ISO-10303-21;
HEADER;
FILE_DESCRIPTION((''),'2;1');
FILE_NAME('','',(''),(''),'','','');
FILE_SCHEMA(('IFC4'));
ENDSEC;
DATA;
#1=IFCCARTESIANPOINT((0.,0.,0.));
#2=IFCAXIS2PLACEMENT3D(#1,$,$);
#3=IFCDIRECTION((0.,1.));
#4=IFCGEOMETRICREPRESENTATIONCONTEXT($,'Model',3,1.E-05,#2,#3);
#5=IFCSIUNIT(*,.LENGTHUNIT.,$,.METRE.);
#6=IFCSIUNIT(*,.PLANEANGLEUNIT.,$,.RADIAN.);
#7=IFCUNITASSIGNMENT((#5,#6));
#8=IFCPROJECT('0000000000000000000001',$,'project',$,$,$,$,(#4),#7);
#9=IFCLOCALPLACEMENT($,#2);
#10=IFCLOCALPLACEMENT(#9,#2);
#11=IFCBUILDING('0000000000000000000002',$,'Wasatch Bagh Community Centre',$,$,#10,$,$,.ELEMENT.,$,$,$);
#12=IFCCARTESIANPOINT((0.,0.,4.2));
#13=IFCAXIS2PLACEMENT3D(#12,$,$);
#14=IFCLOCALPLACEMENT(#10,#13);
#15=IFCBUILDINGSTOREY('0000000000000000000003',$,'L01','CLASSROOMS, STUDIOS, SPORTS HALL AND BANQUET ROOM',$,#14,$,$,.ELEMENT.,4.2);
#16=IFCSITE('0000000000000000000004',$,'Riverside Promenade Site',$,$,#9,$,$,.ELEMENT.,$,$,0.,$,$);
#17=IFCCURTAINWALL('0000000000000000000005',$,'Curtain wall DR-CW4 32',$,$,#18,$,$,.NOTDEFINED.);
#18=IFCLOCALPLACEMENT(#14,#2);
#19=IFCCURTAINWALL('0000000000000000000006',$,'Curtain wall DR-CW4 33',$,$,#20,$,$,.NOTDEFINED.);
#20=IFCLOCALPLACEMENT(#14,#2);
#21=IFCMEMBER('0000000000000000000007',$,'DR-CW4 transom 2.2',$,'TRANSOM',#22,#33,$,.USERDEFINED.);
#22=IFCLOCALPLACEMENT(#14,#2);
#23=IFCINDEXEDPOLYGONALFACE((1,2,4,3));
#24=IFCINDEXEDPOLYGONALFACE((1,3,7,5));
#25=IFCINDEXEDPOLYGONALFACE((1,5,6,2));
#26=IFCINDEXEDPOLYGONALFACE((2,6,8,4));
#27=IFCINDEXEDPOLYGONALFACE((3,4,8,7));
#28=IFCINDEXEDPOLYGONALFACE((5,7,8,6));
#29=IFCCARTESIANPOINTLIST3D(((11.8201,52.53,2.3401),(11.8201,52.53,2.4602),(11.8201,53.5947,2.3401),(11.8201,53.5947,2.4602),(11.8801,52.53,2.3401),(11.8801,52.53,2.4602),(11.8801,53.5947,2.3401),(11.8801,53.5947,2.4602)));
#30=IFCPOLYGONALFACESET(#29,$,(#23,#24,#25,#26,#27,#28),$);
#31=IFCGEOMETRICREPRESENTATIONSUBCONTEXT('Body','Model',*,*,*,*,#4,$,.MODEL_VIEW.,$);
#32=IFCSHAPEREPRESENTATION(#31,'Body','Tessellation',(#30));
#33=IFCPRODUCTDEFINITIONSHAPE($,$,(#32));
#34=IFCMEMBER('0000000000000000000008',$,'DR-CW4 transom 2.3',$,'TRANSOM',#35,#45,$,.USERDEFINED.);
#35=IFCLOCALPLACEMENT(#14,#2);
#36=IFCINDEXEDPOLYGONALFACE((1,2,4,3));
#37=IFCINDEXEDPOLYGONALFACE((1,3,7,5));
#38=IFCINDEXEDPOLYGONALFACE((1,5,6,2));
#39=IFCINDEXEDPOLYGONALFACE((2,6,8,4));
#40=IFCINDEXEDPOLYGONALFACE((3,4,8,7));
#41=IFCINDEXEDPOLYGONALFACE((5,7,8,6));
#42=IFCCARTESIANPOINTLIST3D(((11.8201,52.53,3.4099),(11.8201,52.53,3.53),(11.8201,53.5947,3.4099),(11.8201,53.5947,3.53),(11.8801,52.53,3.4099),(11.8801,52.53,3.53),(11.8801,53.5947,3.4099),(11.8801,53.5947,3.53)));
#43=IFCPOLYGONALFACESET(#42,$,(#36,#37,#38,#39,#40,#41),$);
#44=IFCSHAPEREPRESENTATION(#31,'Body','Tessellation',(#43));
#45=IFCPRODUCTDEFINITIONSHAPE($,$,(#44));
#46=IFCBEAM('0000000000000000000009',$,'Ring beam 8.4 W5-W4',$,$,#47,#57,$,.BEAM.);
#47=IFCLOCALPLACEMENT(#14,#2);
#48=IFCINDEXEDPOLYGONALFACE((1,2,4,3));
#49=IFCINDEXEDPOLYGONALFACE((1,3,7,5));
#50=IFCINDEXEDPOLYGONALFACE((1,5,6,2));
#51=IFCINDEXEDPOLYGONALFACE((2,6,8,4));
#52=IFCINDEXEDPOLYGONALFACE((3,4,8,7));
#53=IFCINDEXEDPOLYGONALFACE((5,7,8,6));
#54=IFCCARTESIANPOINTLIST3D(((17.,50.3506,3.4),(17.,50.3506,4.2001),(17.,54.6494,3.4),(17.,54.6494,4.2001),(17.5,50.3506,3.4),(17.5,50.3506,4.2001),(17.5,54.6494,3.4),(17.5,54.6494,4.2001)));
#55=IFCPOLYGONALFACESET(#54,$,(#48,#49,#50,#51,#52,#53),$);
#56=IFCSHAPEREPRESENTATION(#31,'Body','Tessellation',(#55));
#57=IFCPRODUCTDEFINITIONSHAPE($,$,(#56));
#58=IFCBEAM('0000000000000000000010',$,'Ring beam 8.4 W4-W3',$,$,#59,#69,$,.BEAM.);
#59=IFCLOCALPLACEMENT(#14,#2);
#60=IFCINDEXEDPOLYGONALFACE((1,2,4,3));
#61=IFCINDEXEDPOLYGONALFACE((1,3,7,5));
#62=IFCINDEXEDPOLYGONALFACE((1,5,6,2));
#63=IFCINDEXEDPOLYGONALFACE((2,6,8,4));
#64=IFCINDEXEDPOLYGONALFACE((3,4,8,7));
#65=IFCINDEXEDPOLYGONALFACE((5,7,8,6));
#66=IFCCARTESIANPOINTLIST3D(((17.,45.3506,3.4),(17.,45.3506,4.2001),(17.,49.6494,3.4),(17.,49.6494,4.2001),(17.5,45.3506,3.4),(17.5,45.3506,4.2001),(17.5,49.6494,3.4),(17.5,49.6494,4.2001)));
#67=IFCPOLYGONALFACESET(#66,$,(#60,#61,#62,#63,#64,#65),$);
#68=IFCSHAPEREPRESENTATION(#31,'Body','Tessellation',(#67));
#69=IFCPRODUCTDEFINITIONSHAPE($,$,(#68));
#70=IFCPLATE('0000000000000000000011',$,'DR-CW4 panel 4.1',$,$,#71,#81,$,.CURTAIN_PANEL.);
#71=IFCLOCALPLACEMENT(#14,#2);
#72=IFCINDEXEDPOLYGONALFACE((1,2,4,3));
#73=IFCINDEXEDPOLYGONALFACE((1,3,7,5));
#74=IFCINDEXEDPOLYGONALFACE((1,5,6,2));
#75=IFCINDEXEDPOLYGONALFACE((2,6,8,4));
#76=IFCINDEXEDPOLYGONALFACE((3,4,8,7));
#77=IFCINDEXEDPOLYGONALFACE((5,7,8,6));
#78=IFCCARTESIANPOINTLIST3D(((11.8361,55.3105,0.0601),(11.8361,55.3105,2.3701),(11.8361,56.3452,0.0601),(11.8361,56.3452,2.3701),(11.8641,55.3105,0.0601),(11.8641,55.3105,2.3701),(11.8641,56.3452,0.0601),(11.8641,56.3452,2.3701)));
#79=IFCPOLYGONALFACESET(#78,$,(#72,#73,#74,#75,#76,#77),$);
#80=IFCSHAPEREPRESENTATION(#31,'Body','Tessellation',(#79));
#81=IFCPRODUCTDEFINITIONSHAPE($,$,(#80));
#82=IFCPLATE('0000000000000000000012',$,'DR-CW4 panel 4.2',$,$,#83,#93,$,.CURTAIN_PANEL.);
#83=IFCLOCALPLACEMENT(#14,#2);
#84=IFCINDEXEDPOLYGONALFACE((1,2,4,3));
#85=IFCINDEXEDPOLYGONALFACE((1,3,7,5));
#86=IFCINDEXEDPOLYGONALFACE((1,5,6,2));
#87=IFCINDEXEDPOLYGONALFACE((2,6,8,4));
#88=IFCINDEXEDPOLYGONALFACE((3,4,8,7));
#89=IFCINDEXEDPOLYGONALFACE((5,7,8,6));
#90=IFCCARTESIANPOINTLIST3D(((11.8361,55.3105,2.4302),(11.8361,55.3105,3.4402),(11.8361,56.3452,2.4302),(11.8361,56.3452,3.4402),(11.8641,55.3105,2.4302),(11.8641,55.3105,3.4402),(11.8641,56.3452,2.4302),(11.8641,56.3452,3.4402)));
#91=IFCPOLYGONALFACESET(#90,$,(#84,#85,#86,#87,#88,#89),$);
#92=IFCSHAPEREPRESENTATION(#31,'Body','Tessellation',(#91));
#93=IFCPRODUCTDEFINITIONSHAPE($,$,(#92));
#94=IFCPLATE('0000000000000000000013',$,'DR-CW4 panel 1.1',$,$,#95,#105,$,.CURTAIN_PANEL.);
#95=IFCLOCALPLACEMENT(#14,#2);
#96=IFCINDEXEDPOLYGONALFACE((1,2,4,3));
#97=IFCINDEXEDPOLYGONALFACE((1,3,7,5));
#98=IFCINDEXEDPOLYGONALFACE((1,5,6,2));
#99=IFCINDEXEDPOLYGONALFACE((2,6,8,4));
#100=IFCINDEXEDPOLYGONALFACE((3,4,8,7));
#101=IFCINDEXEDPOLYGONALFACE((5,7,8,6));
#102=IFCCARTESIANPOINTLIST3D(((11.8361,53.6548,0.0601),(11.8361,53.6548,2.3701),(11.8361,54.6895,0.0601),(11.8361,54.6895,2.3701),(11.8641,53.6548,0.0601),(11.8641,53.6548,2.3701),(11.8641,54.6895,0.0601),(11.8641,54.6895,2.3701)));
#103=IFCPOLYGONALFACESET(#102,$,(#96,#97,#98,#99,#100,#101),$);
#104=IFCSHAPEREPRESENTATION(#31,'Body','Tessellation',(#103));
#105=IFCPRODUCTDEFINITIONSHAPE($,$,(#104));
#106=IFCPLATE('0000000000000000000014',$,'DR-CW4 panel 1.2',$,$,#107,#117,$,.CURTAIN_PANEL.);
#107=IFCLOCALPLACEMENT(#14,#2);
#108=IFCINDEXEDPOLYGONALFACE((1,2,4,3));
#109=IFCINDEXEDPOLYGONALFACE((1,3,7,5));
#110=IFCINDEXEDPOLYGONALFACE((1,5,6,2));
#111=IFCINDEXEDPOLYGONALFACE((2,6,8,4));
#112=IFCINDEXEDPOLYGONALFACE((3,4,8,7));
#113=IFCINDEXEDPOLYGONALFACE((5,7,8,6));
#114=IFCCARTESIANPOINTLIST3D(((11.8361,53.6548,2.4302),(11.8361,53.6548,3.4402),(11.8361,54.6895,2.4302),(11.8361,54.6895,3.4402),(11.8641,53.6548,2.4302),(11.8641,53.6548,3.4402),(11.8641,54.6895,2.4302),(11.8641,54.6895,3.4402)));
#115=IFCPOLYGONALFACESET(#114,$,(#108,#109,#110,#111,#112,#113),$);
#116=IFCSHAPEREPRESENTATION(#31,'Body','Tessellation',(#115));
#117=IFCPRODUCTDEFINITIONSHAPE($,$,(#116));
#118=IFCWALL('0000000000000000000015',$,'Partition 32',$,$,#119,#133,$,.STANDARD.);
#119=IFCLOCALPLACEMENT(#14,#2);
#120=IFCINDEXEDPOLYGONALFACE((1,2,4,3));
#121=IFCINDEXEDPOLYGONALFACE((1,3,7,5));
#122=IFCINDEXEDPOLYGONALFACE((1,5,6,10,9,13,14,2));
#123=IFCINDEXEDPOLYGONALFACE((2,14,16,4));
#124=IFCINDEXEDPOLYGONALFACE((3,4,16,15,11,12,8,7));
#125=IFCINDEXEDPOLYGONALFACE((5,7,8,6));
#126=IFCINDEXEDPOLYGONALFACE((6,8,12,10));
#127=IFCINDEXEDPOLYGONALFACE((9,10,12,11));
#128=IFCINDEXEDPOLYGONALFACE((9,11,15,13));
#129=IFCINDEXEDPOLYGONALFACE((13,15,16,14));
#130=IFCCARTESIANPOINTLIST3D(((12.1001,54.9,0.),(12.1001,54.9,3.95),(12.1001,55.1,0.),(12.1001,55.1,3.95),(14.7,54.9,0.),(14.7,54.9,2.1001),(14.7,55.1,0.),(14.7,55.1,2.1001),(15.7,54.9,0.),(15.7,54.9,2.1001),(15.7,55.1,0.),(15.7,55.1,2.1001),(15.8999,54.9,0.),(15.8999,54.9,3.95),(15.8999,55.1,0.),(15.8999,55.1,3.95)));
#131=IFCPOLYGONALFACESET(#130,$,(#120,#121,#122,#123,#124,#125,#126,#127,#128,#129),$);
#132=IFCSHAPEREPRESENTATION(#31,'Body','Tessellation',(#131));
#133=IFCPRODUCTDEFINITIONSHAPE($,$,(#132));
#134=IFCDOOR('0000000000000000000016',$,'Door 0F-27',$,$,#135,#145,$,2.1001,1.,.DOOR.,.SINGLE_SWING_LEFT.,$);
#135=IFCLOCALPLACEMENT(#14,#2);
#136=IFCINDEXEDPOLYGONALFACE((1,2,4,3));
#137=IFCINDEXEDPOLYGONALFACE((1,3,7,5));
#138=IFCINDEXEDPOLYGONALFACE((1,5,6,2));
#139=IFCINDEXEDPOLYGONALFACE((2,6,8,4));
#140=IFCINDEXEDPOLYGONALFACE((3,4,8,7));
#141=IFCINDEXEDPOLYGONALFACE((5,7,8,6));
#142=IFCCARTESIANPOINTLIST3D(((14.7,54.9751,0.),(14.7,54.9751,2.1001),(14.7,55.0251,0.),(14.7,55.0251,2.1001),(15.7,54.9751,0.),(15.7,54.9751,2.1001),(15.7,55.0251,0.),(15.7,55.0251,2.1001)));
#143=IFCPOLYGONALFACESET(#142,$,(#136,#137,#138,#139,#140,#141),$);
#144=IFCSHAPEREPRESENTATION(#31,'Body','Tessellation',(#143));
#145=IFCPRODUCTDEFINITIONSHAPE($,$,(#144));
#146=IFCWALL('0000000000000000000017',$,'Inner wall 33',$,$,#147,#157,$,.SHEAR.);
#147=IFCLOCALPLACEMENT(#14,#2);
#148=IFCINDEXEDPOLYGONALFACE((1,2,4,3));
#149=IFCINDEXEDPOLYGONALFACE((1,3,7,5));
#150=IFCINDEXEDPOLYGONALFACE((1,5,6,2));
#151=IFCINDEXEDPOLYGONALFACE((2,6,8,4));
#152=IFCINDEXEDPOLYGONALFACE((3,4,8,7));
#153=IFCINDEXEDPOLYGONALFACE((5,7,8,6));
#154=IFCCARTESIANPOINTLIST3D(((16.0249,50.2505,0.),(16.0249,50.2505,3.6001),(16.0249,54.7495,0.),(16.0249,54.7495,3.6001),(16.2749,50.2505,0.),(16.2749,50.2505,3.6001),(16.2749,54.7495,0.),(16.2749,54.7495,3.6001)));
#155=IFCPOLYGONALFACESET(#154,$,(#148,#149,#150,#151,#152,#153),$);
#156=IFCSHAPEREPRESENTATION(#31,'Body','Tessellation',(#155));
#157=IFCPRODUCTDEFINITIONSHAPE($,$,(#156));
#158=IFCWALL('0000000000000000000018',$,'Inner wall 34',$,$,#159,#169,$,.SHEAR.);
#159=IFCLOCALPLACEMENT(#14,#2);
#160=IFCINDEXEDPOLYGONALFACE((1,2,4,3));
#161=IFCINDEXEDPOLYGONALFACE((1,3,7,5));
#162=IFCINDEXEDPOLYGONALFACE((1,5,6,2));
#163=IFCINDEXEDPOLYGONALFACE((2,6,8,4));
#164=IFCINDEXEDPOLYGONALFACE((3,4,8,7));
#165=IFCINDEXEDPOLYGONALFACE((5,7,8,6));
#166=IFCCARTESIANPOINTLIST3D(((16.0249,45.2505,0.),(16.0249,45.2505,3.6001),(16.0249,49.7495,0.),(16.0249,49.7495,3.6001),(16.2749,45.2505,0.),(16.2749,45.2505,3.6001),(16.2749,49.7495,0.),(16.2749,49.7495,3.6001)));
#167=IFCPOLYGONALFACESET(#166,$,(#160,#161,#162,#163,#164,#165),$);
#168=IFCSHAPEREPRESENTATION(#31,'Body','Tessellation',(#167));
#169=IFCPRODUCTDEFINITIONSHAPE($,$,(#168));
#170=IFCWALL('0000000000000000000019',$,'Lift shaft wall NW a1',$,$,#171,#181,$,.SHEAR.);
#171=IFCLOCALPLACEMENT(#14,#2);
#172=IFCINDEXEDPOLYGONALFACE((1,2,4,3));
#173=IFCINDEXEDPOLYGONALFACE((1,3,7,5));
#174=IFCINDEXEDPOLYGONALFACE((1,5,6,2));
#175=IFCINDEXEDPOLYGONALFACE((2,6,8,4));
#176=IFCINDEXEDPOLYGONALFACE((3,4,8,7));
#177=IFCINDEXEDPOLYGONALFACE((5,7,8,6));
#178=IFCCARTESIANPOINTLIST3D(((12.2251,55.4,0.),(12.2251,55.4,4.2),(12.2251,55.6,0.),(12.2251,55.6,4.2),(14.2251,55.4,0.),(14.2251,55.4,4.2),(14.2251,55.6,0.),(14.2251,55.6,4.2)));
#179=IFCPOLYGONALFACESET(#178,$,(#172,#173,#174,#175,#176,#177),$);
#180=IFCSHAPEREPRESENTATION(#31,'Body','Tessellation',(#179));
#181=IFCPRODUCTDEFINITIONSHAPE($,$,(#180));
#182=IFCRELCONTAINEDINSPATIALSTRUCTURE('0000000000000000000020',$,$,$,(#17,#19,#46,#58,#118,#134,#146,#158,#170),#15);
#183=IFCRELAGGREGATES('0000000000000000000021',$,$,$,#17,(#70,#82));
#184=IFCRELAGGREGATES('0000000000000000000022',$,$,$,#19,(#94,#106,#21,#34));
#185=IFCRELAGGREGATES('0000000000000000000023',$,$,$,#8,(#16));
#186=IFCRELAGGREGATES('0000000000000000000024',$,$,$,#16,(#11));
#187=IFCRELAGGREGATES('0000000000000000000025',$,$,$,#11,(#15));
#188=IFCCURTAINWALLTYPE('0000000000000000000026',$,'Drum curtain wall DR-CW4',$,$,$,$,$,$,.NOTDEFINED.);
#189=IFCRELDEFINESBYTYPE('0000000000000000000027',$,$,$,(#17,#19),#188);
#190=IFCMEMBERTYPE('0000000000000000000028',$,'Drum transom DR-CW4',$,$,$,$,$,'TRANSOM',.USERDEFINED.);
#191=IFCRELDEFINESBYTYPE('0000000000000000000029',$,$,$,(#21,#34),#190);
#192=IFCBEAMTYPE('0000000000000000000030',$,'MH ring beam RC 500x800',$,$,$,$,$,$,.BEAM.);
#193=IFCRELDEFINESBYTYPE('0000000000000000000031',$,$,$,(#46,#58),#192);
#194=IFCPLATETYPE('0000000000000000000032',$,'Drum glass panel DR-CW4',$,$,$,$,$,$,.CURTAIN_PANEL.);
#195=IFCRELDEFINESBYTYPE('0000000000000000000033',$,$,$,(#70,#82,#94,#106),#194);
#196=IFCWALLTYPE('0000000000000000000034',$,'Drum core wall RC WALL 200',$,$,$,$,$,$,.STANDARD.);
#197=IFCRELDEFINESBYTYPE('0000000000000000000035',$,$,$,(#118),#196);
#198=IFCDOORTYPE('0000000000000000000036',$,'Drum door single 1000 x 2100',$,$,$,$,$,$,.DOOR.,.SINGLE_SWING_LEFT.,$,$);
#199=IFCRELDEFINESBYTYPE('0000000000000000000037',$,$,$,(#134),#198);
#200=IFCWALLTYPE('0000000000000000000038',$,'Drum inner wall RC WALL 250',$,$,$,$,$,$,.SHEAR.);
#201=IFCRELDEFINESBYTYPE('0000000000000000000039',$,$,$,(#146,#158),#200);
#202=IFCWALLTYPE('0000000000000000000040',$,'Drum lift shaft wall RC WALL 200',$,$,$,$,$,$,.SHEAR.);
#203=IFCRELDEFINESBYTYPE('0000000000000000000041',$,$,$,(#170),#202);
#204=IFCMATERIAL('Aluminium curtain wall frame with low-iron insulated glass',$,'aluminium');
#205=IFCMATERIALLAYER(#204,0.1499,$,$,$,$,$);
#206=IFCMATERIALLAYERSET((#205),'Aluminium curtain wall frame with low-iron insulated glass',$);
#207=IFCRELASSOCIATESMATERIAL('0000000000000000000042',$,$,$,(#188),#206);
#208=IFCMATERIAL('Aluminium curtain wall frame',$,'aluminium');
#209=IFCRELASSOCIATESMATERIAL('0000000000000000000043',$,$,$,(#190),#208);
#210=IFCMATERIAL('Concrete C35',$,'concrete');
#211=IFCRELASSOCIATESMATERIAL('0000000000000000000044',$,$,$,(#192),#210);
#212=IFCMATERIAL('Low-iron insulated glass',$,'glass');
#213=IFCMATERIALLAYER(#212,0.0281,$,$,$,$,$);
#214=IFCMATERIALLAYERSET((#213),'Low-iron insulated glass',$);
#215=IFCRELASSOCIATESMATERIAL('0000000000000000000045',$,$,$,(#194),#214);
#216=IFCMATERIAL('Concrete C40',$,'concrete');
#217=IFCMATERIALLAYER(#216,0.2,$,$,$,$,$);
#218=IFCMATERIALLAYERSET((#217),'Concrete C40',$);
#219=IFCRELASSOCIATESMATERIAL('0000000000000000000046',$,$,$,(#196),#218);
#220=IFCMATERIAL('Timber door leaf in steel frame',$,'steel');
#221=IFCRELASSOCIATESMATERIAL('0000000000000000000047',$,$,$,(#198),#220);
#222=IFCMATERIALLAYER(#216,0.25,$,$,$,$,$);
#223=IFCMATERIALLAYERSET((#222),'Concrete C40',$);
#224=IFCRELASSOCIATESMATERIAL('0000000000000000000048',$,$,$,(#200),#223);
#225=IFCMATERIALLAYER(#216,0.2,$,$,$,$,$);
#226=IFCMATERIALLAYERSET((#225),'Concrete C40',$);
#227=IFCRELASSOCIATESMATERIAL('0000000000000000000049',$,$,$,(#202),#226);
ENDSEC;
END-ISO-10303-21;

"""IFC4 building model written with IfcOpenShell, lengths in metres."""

from ifc_helpers import new_model, si_unit, direction, frame, frame_2d, origin, origin_2d, place, context, subcontext, project, spatial, rectangle, extrude, material, layer, layer_set, material_profile, profile_set, type_object, element, fill, aggregate, save


model = new_model("IFC4")

# Units and contexts
model_context = context("Model", 3, precision=1e-05, world=origin(), true_north=direction((0.0, 1.0)))
body_context = subcontext(model_context, "Body", "Model", "MODEL_VIEW")
ifc_project = project(units=[si_unit("LENGTHUNIT", "METRE"), si_unit("PLANEANGLEUNIT", "RADIAN")], contexts=[model_context])

# Site, building, storey
site_placement = place(None, origin())
site = spatial("IfcSite", under=ifc_project, at=site_placement, Name="Riverside Promenade Site", CompositionType="ELEMENT", RefElevation=0.0)
building_placement = place(site_placement, origin())
building = spatial("IfcBuilding", under=site, at=building_placement, Name="Wasatch Bagh Community Centre", CompositionType="ELEMENT")
storey_placement = place(building_placement, frame((0.0, 0.0, 4.2)))
storey = spatial("IfcBuildingStorey", under=building, at=storey_placement, Name="L01", Description="CLASSROOMS, STUDIOS, SPORTS HALL AND BANQUET ROOM", CompositionType="ELEMENT", Elevation=4.2)

# Shared definitions
ifc_material_1 = material(Name="Concrete C40", Category="concrete")

# Curtain wall
ifc_material_2 = material(Name="Aluminium curtain wall frame with low-iron insulated glass", Category="aluminium")
ifc_layer_1 = layer(ifc_material_2, 0.1499)
ifc_layer_set_1 = layer_set([ifc_layer_1], Name="Aluminium curtain wall frame with low-iron insulated glass")
curtain_wall_type = type_object("IfcCurtainWallType", Name="Drum curtain wall DR-CW4", PredefinedType="NOTDEFINED", material=ifc_layer_set_1)
curtain_wall_1_placement = place(storey_placement, origin())
curtain_wall_1 = element("IfcCurtainWall", 1, at=curtain_wall_1_placement, inside=storey, type_object=curtain_wall_type, Name="Curtain wall DR-CW4 32", PredefinedType="NOTDEFINED")
ifc_material_3 = material(Name="Aluminium curtain wall frame", Category="aluminium")

# Curtain wall
curtain_wall_2_placement = place(storey_placement, origin())
curtain_wall_2 = element("IfcCurtainWall", 2, at=curtain_wall_2_placement, inside=storey, type_object=curtain_wall_type, Name="Curtain wall DR-CW4 33", PredefinedType="NOTDEFINED")

# Shared definitions
ifc_material_4 = material(Name="Concrete C35", Category="concrete")

# Members
ifc_material_profile_1 = material_profile(ifc_material_3, rectangle(XDim=0.0601, YDim=0.1201, at=origin_2d()), Name="Drum transom DR-CW4")
ifc_profile_set_1 = profile_set([ifc_material_profile_1], Name="Aluminium curtain wall frame")
member_type_1 = type_object("IfcMemberType", Name="Drum transom DR-CW4", ElementType="TRANSOM", PredefinedType="USERDEFINED", material=ifc_profile_set_1)
member_1_placement = place(storey_placement, frame((11.8501, 53.5947, 2.4001), z_axis=(0.0, -1.0, 0.0), x_axis=(1.0, 0.0, 0.0)))
member_1 = element("IfcMember", 3, at=member_1_placement, type_object=member_type_1, Name="DR-CW4 transom 2.2", ObjectType="TRANSOM", PredefinedType="USERDEFINED", context=body_context, shape_type="SweptSolid", body=[
    extrude(rectangle(XDim=0.0601, YDim=0.1201, at=origin_2d()), origin(), (0.0, 0.0, 1.0), 1.0647),
])
member_2_placement = place(storey_placement, frame((11.8501, 53.5947, 3.47), z_axis=(0.0, -1.0, 0.0), x_axis=(1.0, 0.0, 0.0)))
member_2 = element("IfcMember", 4, at=member_2_placement, type_object=member_type_1, Name="DR-CW4 transom 2.3", ObjectType="TRANSOM", PredefinedType="USERDEFINED", context=body_context, shape_type="SweptSolid", body=[
    extrude(rectangle(XDim=0.0601, YDim=0.1201, at=origin_2d()), origin(), (0.0, 0.0, 1.0), 1.0647),
])

# Beams
ifc_material_profile_2 = material_profile(ifc_material_4, rectangle(XDim=0.5, YDim=0.8, at=origin_2d()), Name="RC 500x800")
ifc_profile_set_2 = profile_set([ifc_material_profile_2], Name="Concrete C35")
beam_type_1 = type_object("IfcBeamType", Name="MH ring beam RC 500x800", PredefinedType="BEAM", material=ifc_profile_set_2)
for number, where, z_axis, x_axis, name in (
    (5, (17.25, 54.6494, 3.8), (0.0, -1.0, 0.0), (1.0, 0.0, 0.0), "Ring beam 8.4 W5-W4"),
    (6, (17.25, 49.6494, 3.8), (0.0, -1.0, 0.0), (1.0, 0.0, 0.0), "Ring beam 8.4 W4-W3"),
):
    element("IfcBeam", number, at=place(storey_placement, frame(where, z_axis=z_axis, x_axis=x_axis)), inside=storey, type_object=beam_type_1, Name=name, PredefinedType="BEAM", context=body_context, shape_type="SweptSolid", body=[
        extrude(rectangle(XDim=0.5, YDim=0.8, at=origin_2d()), origin(), (0.0, 0.0, 1.0), 4.2988),
    ])

# Plates
ifc_material_5 = material(Name="Low-iron insulated glass", Category="glass")
ifc_layer_2 = layer(ifc_material_5, 0.0281)
ifc_layer_set_2 = layer_set([ifc_layer_2], Name="Low-iron insulated glass")
plate_type = type_object("IfcPlateType", Name="Drum glass panel DR-CW4", PredefinedType="CURTAIN_PANEL", material=ifc_layer_set_2)
plate_1_placement = place(storey_placement, frame((11.8501, 55.8279, 0.0601), z_axis=(0.0, 0.0, 1.0), x_axis=(0.0, -1.0, 0.0)))
plate_1 = element("IfcPlate", 7, at=plate_1_placement, type_object=plate_type, Name="DR-CW4 panel 4.1", PredefinedType="CURTAIN_PANEL", context=body_context, shape_type="SweptSolid", body=[
    extrude(rectangle(XDim=1.0347, YDim=0.0281, at=origin_2d()), origin(), (0.0, 0.0, 1.0), 2.3101),
])
plate_2_placement = place(storey_placement, frame((11.8501, 55.8279, 2.4302), z_axis=(0.0, 0.0, 1.0), x_axis=(0.0, -1.0, 0.0)))
plate_2 = element("IfcPlate", 8, at=plate_2_placement, type_object=plate_type, Name="DR-CW4 panel 4.2", PredefinedType="CURTAIN_PANEL", context=body_context, shape_type="SweptSolid", body=[
    extrude(rectangle(XDim=1.0347, YDim=0.0281, at=origin_2d()), origin(), (0.0, 0.0, 1.0), 1.01),
])
aggregate(curtain_wall_1, [plate_1, plate_2])
plate_3_placement = place(storey_placement, frame((11.8501, 54.1721, 0.0601), z_axis=(0.0, 0.0, 1.0), x_axis=(0.0, -1.0, 0.0)))
plate_3 = element("IfcPlate", 9, at=plate_3_placement, type_object=plate_type, Name="DR-CW4 panel 1.1", PredefinedType="CURTAIN_PANEL", context=body_context, shape_type="SweptSolid", body=[
    extrude(rectangle(XDim=1.0347, YDim=0.0281, at=origin_2d()), origin(), (0.0, 0.0, 1.0), 2.3101),
])
plate_4_placement = place(storey_placement, frame((11.8501, 54.1721, 2.4302), z_axis=(0.0, 0.0, 1.0), x_axis=(0.0, -1.0, 0.0)))
plate_4 = element("IfcPlate", 10, at=plate_4_placement, type_object=plate_type, Name="DR-CW4 panel 1.2", PredefinedType="CURTAIN_PANEL", context=body_context, shape_type="SweptSolid", body=[
    extrude(rectangle(XDim=1.0347, YDim=0.0281, at=origin_2d()), origin(), (0.0, 0.0, 1.0), 1.01),
])
aggregate(curtain_wall_2, [plate_3, plate_4, member_1, member_2])

# Wall, opening, door
ifc_layer_3 = layer(ifc_material_1, 0.2)
ifc_layer_set_3 = layer_set([ifc_layer_3], Name="Concrete C40")
wall_type_1 = type_object("IfcWallType", Name="Drum core wall RC WALL 200", PredefinedType="STANDARD", material=ifc_layer_set_3)
wall_1_placement = place(storey_placement, frame((15.8999, 55.0, 0.0), z_axis=(0.0, 0.0, 1.0), x_axis=(-1.0, 0.0, 0.0)))
wall_1 = element("IfcWall", 11, at=wall_1_placement, inside=storey, type_object=wall_type_1, Name="Partition 32", PredefinedType="STANDARD", context=body_context, shape_type="SweptSolid", body=[
    extrude(rectangle(XDim=3.7998, YDim=0.2, at=frame_2d((1.8999, 0.0))), origin(), (0.0, 0.0, 1.0), 3.95),
])
opening_1_placement = place(wall_1_placement, frame((0.2, 0.0, 0.0)))
opening_1 = element("IfcOpeningElement", 12, at=opening_1_placement, cuts=wall_1, PredefinedType="OPENING", context=body_context, shape_type="SweptSolid", body=[
    extrude(rectangle(XDim=1.0, YDim=2.1001, at=frame_2d((0.5, 1.05))), frame((0.0, 0.1099, 0.0), z_axis=(0.0, -1.0, 0.0), x_axis=(1.0, 0.0, 0.0)), (0.0, 0.0, 1.0), 0.22),
])
ifc_material_6 = material(Name="Timber door leaf in steel frame", Category="steel")
door_type = type_object("IfcDoorType", Name="Drum door single 1000 x 2100", OperationType="SINGLE_SWING_LEFT", PredefinedType="DOOR", material=ifc_material_6)
door_1_placement = place(opening_1_placement, origin())
door_1 = element("IfcDoor", 13, at=door_1_placement, inside=storey, type_object=door_type, Name="Door 0F-27", OperationType="SINGLE_SWING_LEFT", OverallHeight=2.1001, OverallWidth=1.0, PredefinedType="DOOR", context=body_context, shape_type="SweptSolid", body=[
    extrude(rectangle(XDim=1.0, YDim=2.1001, at=frame_2d((0.5, 1.05))), frame((0.0, 0.0249, 0.0), z_axis=(0.0, -1.0, 0.0), x_axis=(1.0, 0.0, 0.0)), (0.0, 0.0, 1.0), 0.05),
])
fill(opening_1, door_1)

# Walls
ifc_layer_4 = layer(ifc_material_1, 0.25)
ifc_layer_set_4 = layer_set([ifc_layer_4], Name="Concrete C40")
wall_type_2 = type_object("IfcWallType", Name="Drum inner wall RC WALL 250", PredefinedType="SHEAR", material=ifc_layer_set_4)
for number, where, z_axis, x_axis, name in (
    (14, (16.1499, 54.7495, 0.0), (0.0, 0.0, 1.0), (0.0, -1.0, 0.0), "Inner wall 33"),
    (15, (16.1499, 49.7495, 0.0), (0.0, 0.0, 1.0), (0.0, -1.0, 0.0), "Inner wall 34"),
):
    element("IfcWall", number, at=place(storey_placement, frame(where, z_axis=z_axis, x_axis=x_axis)), inside=storey, type_object=wall_type_2, Name=name, PredefinedType="SHEAR", context=body_context, shape_type="SweptSolid", body=[
        extrude(rectangle(XDim=4.499, YDim=0.25, at=frame_2d((2.2495, 0.0))), origin(), (0.0, 0.0, 1.0), 3.6001),
    ])
ifc_layer_5 = layer(ifc_material_1, 0.2)
ifc_layer_set_5 = layer_set([ifc_layer_5], Name="Concrete C40")
wall_type_3 = type_object("IfcWallType", Name="Drum lift shaft wall RC WALL 200", PredefinedType="SHEAR", material=ifc_layer_set_5)
wall_2_placement = place(storey_placement, frame((14.2251, 55.5, 0.0), z_axis=(0.0, 0.0, 1.0), x_axis=(-1.0, 0.0, 0.0)))
element("IfcWall", 16, at=wall_2_placement, inside=storey, type_object=wall_type_3, Name="Lift shaft wall NW a1", PredefinedType="SHEAR", context=body_context, shape_type="SweptSolid", body=[
    extrude(rectangle(XDim=2.0, YDim=0.2, at=frame_2d((1.0, 0.0))), origin(), (0.0, 0.0, 1.0), 4.2),
])

save(model, "model.ifc")
